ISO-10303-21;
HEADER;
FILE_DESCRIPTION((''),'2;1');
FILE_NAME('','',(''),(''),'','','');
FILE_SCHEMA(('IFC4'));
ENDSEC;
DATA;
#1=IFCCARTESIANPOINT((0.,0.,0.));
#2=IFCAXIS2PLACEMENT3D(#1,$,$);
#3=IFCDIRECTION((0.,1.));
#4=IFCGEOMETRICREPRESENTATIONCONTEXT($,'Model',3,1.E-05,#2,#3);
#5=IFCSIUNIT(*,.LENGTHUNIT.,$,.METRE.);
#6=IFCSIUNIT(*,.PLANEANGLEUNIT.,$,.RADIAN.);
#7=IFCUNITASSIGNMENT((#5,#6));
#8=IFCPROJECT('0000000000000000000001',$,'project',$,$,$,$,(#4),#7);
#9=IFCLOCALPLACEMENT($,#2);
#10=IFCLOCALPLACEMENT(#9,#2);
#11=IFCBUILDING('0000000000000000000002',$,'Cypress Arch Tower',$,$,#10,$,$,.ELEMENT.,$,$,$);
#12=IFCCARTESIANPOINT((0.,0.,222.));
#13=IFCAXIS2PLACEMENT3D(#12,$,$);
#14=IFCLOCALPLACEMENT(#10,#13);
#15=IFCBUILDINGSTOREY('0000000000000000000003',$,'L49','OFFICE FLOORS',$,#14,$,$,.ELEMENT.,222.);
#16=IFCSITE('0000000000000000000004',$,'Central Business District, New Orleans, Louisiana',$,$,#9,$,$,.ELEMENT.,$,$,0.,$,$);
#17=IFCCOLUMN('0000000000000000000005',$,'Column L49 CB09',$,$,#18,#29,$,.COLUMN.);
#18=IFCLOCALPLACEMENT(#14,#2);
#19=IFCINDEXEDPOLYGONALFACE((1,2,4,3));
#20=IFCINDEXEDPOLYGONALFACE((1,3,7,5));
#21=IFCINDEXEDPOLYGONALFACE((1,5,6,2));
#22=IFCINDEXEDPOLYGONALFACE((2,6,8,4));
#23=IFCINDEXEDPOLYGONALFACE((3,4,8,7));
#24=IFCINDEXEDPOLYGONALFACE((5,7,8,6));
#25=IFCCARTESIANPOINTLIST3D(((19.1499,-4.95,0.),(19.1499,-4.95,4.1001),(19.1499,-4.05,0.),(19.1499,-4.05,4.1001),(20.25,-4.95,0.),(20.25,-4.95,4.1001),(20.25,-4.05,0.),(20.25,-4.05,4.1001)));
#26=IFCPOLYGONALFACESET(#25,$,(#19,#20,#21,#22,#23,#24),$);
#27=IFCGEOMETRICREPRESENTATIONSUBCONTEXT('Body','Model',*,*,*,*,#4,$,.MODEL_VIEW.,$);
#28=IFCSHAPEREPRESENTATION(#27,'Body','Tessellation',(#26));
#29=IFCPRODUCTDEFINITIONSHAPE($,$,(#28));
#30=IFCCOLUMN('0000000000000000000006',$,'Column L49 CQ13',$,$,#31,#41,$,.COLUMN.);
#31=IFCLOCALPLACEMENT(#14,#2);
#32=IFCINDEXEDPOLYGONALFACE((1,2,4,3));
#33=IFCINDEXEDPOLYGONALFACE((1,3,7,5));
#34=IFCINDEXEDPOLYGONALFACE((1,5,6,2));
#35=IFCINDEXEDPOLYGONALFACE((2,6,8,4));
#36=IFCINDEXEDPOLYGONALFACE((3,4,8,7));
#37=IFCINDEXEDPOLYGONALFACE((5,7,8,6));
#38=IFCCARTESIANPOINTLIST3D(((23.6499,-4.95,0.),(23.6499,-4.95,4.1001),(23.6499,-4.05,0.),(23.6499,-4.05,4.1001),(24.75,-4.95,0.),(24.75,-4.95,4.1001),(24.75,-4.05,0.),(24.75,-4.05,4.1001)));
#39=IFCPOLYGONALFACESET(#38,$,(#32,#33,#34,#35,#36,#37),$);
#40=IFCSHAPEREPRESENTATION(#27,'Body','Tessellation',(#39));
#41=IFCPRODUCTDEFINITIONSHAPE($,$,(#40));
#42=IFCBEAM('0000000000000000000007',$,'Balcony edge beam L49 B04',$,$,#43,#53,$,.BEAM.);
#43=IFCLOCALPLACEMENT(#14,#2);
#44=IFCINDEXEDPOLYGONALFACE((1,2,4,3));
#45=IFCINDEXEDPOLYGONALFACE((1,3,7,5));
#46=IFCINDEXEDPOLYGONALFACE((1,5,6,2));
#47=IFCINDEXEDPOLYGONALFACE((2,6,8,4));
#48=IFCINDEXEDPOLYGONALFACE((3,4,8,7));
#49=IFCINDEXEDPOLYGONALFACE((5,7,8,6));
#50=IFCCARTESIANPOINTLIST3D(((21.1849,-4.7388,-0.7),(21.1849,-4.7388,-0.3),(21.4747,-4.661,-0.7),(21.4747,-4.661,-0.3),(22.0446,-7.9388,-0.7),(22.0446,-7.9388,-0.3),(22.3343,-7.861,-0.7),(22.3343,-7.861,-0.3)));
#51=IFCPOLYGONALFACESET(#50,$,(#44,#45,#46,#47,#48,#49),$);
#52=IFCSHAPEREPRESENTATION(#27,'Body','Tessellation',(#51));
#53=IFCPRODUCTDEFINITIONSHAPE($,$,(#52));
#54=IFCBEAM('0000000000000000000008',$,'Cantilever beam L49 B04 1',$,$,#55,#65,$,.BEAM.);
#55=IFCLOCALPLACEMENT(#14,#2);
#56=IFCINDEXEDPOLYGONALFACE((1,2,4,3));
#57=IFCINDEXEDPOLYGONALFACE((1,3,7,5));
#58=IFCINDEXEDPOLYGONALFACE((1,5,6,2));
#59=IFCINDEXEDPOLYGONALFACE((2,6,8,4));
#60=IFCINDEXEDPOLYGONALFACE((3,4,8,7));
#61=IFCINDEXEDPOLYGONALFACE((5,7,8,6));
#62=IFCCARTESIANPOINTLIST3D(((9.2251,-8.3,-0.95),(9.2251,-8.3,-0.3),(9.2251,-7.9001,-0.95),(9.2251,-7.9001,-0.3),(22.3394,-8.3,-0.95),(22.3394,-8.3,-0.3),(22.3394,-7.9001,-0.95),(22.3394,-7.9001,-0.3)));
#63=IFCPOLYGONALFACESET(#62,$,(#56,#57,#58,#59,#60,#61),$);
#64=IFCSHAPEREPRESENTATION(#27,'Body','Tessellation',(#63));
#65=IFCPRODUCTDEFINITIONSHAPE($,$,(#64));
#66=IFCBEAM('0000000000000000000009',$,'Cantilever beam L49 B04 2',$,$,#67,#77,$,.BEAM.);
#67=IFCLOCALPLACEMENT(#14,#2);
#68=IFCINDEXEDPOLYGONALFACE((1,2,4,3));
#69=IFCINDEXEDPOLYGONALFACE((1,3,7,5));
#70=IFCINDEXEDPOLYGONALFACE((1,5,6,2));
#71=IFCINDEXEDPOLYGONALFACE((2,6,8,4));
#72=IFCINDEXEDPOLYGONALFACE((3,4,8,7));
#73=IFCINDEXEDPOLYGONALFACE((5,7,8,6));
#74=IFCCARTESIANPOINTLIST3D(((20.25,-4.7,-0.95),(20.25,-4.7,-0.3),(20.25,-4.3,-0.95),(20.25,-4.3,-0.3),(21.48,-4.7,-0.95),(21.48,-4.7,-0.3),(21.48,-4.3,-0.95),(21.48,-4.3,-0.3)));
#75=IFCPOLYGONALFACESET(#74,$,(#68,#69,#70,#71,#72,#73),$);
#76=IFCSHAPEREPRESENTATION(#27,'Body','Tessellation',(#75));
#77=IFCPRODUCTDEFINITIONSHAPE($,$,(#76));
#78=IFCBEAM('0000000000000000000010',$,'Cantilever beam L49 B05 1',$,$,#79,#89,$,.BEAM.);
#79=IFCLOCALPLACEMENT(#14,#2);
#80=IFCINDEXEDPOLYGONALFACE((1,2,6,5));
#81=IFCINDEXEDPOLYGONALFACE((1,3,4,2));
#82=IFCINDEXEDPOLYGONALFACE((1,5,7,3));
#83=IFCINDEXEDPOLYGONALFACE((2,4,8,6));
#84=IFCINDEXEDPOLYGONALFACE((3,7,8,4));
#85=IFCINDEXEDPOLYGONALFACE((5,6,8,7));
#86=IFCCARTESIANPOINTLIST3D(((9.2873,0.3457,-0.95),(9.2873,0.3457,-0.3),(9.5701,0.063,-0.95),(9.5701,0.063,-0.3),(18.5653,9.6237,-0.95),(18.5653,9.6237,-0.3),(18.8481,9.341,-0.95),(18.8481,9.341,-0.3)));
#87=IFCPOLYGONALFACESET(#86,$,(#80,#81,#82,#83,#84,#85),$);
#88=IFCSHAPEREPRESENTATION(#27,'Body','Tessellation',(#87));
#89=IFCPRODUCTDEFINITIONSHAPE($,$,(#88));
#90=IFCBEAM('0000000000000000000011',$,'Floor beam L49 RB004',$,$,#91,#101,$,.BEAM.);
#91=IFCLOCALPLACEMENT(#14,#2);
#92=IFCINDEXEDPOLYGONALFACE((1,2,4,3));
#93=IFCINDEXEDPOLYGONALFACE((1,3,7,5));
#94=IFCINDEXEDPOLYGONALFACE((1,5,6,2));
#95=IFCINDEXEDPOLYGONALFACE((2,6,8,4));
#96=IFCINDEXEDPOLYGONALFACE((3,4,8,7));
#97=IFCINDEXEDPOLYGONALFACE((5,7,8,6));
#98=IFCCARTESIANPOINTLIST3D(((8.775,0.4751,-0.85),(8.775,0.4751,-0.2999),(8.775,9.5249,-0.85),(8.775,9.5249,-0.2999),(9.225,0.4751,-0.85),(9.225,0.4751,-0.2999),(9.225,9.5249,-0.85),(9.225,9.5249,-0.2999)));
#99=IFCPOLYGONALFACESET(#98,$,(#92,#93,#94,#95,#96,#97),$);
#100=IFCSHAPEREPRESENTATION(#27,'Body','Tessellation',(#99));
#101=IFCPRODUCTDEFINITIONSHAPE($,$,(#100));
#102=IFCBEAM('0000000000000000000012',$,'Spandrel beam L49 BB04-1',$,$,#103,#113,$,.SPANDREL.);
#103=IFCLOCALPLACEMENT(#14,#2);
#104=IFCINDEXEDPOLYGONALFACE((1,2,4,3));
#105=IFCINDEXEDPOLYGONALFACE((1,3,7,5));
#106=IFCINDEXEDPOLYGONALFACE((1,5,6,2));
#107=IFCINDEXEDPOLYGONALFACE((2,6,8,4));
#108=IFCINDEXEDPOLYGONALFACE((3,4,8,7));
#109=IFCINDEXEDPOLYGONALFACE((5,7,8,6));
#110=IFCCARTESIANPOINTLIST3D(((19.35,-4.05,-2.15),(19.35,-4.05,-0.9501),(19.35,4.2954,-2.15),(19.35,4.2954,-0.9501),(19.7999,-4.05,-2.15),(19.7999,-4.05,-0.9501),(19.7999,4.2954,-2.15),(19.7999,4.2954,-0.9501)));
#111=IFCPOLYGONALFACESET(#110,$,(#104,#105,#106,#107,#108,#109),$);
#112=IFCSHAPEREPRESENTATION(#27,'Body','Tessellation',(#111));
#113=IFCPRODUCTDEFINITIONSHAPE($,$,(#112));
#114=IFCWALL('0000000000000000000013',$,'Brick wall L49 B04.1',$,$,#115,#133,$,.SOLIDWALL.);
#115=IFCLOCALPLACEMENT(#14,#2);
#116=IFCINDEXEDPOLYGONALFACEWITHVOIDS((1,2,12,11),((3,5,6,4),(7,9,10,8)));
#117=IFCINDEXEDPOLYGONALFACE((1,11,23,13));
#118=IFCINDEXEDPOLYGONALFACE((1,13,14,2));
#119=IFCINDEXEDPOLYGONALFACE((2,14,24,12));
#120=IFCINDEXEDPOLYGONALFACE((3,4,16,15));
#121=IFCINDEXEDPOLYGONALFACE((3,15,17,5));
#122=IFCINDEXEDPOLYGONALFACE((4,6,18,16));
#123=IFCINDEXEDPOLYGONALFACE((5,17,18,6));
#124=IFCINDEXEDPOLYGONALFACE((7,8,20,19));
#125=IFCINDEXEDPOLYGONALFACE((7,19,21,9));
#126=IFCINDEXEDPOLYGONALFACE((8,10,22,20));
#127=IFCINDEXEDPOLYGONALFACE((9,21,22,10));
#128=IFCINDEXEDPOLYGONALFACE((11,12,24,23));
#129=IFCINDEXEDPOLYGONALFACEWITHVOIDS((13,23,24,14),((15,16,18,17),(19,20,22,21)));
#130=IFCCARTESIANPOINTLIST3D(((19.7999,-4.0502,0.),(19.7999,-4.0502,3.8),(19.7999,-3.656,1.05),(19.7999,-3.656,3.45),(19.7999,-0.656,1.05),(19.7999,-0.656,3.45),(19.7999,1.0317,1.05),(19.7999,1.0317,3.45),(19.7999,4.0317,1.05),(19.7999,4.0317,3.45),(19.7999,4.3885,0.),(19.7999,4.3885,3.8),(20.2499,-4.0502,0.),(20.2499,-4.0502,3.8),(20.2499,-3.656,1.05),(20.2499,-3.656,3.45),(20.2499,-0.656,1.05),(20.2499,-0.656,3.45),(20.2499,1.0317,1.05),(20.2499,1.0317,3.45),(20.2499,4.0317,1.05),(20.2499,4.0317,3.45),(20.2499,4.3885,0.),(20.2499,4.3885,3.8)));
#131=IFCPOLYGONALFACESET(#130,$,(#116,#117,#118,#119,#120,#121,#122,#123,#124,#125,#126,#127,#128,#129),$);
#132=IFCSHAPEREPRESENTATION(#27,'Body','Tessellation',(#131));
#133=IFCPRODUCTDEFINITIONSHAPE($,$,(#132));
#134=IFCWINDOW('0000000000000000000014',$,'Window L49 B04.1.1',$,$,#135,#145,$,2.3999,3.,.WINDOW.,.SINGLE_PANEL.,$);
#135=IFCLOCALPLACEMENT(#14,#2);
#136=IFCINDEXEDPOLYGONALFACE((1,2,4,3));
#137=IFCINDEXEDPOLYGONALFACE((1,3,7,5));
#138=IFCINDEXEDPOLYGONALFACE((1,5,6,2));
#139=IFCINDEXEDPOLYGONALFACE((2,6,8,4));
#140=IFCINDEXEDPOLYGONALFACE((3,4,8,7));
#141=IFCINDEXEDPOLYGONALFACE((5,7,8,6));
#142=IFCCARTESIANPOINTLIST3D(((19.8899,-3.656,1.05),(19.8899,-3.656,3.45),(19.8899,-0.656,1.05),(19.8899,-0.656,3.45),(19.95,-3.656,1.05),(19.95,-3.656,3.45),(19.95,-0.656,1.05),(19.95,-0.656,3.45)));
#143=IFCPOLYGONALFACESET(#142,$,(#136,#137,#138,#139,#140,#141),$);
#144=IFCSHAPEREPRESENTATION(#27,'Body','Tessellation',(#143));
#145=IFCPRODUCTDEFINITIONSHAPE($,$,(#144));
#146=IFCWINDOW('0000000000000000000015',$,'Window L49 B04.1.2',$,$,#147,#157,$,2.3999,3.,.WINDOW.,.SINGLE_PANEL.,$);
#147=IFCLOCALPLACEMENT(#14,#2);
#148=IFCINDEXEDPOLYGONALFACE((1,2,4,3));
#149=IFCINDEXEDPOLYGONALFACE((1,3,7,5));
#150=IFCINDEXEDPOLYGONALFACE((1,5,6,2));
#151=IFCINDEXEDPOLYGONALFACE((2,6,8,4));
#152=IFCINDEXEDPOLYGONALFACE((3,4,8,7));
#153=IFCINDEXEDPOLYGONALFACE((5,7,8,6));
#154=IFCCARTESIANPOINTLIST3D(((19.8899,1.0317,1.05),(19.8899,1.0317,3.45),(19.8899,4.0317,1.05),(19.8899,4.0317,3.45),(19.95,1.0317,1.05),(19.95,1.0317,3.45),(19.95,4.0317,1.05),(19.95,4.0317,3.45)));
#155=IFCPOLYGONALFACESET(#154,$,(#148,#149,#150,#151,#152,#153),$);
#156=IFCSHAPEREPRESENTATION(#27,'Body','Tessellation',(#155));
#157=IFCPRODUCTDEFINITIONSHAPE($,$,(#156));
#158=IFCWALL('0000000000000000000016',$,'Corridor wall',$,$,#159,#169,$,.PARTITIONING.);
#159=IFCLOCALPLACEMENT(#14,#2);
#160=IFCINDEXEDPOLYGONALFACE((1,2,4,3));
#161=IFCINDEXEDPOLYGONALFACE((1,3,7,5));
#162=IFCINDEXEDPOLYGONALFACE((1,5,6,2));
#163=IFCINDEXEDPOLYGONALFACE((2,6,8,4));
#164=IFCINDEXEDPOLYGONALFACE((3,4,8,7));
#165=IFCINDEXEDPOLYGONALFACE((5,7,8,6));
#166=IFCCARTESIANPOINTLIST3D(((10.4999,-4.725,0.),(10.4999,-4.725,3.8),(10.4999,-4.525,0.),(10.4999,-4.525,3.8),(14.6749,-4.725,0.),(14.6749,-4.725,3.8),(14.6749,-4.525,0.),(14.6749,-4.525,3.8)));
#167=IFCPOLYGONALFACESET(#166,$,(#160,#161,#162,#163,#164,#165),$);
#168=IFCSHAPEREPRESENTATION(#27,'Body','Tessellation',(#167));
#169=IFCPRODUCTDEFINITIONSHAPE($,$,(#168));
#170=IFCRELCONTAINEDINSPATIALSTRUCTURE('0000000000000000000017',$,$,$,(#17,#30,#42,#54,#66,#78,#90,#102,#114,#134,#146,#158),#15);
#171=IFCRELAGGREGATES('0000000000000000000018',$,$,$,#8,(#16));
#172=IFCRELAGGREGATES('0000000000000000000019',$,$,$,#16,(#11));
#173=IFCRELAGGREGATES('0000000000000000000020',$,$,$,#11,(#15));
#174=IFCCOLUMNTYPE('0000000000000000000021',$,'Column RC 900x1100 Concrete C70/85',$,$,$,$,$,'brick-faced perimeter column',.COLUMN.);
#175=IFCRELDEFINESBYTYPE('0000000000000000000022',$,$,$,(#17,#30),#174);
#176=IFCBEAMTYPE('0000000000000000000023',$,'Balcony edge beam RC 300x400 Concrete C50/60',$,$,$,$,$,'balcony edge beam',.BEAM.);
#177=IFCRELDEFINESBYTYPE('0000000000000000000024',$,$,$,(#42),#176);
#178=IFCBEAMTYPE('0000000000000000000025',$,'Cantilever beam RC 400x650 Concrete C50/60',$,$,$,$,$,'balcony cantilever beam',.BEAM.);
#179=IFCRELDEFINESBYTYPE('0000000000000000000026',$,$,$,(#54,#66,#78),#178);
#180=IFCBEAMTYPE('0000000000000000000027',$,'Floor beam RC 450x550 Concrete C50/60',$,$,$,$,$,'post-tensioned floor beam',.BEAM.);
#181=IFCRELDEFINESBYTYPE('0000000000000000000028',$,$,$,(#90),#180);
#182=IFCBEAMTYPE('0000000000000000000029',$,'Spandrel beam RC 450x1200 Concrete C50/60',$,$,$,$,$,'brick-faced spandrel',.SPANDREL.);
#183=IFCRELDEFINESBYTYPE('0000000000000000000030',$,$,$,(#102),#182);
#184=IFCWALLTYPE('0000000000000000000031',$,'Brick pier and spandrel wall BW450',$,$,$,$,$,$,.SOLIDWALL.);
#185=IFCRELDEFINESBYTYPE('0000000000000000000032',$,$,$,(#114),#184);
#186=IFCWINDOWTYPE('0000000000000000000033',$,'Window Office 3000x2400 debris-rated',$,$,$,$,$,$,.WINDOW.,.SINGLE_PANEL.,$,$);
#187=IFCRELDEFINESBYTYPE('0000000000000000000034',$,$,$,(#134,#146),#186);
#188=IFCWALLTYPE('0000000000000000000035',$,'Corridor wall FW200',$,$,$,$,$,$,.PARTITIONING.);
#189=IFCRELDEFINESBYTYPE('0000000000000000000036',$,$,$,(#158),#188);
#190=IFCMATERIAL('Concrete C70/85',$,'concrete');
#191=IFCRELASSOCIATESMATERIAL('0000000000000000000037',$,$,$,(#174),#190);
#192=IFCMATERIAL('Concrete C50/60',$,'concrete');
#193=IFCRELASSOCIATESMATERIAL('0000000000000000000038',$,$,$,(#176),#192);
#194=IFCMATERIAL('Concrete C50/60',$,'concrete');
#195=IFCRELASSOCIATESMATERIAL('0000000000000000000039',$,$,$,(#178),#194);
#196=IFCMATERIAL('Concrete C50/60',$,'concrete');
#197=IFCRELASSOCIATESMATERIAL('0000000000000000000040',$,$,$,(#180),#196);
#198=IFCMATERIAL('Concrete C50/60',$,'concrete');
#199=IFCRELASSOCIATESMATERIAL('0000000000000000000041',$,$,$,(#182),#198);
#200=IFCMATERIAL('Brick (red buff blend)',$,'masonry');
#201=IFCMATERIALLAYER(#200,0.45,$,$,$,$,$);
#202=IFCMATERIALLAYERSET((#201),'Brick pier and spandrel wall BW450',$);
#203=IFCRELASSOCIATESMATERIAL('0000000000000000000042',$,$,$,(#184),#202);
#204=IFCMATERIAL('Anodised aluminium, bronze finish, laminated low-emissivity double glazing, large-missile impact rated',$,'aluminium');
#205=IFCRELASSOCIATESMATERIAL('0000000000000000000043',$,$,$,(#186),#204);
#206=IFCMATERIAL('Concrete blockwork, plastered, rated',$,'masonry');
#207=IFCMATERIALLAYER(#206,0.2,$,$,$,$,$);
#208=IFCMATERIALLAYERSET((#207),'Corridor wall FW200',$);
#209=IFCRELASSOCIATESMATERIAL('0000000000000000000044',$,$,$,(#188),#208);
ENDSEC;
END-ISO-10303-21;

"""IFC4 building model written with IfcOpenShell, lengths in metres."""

from ifc_helpers import new_model, si_unit, direction, frame, frame_2d, origin, origin_2d, place, context, subcontext, project, spatial, rectangle, extrude, material, layer, layer_set, material_profile, profile_set, type_object, element, fill, save


model = new_model("IFC4")

# Units and contexts
model_context = context("Model", 3, precision=1e-05, world=origin(), true_north=direction((0.0, 1.0)))
body_context = subcontext(model_context, "Body", "Model", "MODEL_VIEW")
ifc_project = project(units=[si_unit("LENGTHUNIT", "METRE"), si_unit("PLANEANGLEUNIT", "RADIAN")], contexts=[model_context])

# Site, building, storey
site_placement = place(None, origin())
site = spatial("IfcSite", under=ifc_project, at=site_placement, Name="Central Business District, New Orleans, Louisiana", CompositionType="ELEMENT", RefElevation=0.0)
building_placement = place(site_placement, origin())
building = spatial("IfcBuilding", under=site, at=building_placement, Name="Cypress Arch Tower", CompositionType="ELEMENT")
storey_placement = place(building_placement, frame((0.0, 0.0, 222.0)))
storey = spatial("IfcBuildingStorey", under=building, at=storey_placement, Name="L49", Description="OFFICE FLOORS", CompositionType="ELEMENT", Elevation=222.0)

# Columns
ifc_material_1 = material(Name="Concrete C70/85", Category="concrete")
ifc_material_profile_1 = material_profile(ifc_material_1, rectangle(XDim=0.8999, YDim=1.1001, at=origin_2d()), Name="RC 900x1100")
ifc_profile_set_1 = profile_set([ifc_material_profile_1], Name="Concrete C70/85")
column_type = type_object("IfcColumnType", Name="Column RC 900x1100 Concrete C70/85", ElementType="brick-faced perimeter column", PredefinedType="COLUMN", material=ifc_profile_set_1)
for number, where, z_axis, x_axis, name in (
    (1, (19.7, -4.5, 0.0), (0.0, 0.0, 1.0), (0.0, 1.0, 0.0), "Column L49 CB09"),
    (2, (24.2, -4.5, 0.0), (0.0, 0.0, 1.0), (0.0, 1.0, 0.0), "Column L49 CQ13"),
):
    element("IfcColumn", number, at=place(storey_placement, frame(where, z_axis=z_axis, x_axis=x_axis)), inside=storey, type_object=column_type, Name=name, PredefinedType="COLUMN", context=body_context, shape_type="SweptSolid", body=[
        extrude(rectangle(XDim=0.8999, YDim=1.1001, at=origin_2d()), origin(), (0.0, 0.0, 1.0), 4.1001),
    ])

# Beams
ifc_material_2 = material(Name="Concrete C50/60", Category="concrete")
ifc_material_profile_2 = material_profile(ifc_material_2, rectangle(XDim=0.3, YDim=0.3999, at=origin_2d()), Name="RC 300x400")
ifc_profile_set_2 = profile_set([ifc_material_profile_2], Name="Concrete C50/60")
beam_type_1 = type_object("IfcBeamType", Name="Balcony edge beam RC 300x400 Concrete C50/60", ElementType="balcony edge beam", PredefinedType="BEAM", material=ifc_profile_set_2)
beam_1_placement = place(storey_placement, frame((22.1895, -7.8999, -0.5), z_axis=(-0.259437, 0.96576, 0.0), x_axis=(-0.96576, -0.259437, 0.0)))
element("IfcBeam", 3, at=beam_1_placement, inside=storey, type_object=beam_type_1, Name="Balcony edge beam L49 B04", PredefinedType="BEAM", context=body_context, shape_type="SweptSolid", body=[
    extrude(rectangle(XDim=0.3, YDim=0.3999, at=origin_2d()), origin(), (0.0, 0.0, 1.0), 3.3135),
])
ifc_material_3 = material(Name="Concrete C50/60", Category="concrete")
ifc_material_profile_3 = material_profile(ifc_material_3, rectangle(XDim=0.3999, YDim=0.6499, at=origin_2d()), Name="RC 400x650")
ifc_profile_set_3 = profile_set([ifc_material_profile_3], Name="Concrete C50/60")
beam_type_2 = type_object("IfcBeamType", Name="Cantilever beam RC 400x650 Concrete C50/60", ElementType="balcony cantilever beam", PredefinedType="BEAM", material=ifc_profile_set_3)
beam_2_placement = place(storey_placement, frame((9.2251, -8.1001, -0.625), z_axis=(1.0, 0.0, 0.0), x_axis=(0.0, 1.0, 0.0)))
element("IfcBeam", 4, at=beam_2_placement, inside=storey, type_object=beam_type_2, Name="Cantilever beam L49 B04 1", PredefinedType="BEAM", context=body_context, shape_type="SweptSolid", body=[
    extrude(rectangle(XDim=0.3999, YDim=0.6499, at=origin_2d()), origin(), (0.0, 0.0, 1.0), 13.1143),
])
beam_3_placement = place(storey_placement, frame((20.25, -4.5, -0.625), z_axis=(1.0, 0.0, 0.0), x_axis=(0.0, 1.0, 0.0)))
element("IfcBeam", 5, at=beam_3_placement, inside=storey, type_object=beam_type_2, Name="Cantilever beam L49 B04 2", PredefinedType="BEAM", context=body_context, shape_type="SweptSolid", body=[
    extrude(rectangle(XDim=0.3999, YDim=0.6499, at=origin_2d()), origin(), (0.0, 0.0, 1.0), 1.23),
])
beam_4_placement = place(storey_placement, frame((9.4287, 0.2043, -0.625), z_axis=(0.707107, 0.707107, 0.0), x_axis=(-0.707107, 0.707107, 0.0)))
element("IfcBeam", 6, at=beam_4_placement, inside=storey, type_object=beam_type_2, Name="Cantilever beam L49 B05 1", PredefinedType="BEAM", context=body_context, shape_type="SweptSolid", body=[
    extrude(rectangle(XDim=0.3999, YDim=0.6499, at=origin_2d()), origin(), (0.0, 0.0, 1.0), 13.1211),
])
ifc_material_4 = material(Name="Concrete C50/60", Category="concrete")
ifc_material_profile_4 = material_profile(ifc_material_4, rectangle(XDim=0.45, YDim=0.55, at=origin_2d()), Name="RC 450x550")
ifc_profile_set_4 = profile_set([ifc_material_profile_4], Name="Concrete C50/60")
beam_type_3 = type_object("IfcBeamType", Name="Floor beam RC 450x550 Concrete C50/60", ElementType="post-tensioned floor beam", PredefinedType="BEAM", material=ifc_profile_set_4)
beam_5_placement = place(storey_placement, frame((9.0, 0.4751, -0.575), z_axis=(0.0, 1.0, 0.0), x_axis=(-1.0, 0.0, 0.0)))
element("IfcBeam", 7, at=beam_5_placement, inside=storey, type_object=beam_type_3, Name="Floor beam L49 RB004", PredefinedType="BEAM", context=body_context, shape_type="SweptSolid", body=[
    extrude(rectangle(XDim=0.45, YDim=0.55, at=origin_2d()), origin(), (0.0, 0.0, 1.0), 9.0498),
])
ifc_material_5 = material(Name="Concrete C50/60", Category="concrete")
ifc_material_profile_5 = material_profile(ifc_material_5, rectangle(XDim=0.45, YDim=1.2, at=origin_2d()), Name="RC 450x1200")
ifc_profile_set_5 = profile_set([ifc_material_profile_5], Name="Concrete C50/60")
beam_type_4 = type_object("IfcBeamType", Name="Spandrel beam RC 450x1200 Concrete C50/60", ElementType="brick-faced spandrel", PredefinedType="SPANDREL", material=ifc_profile_set_5)
beam_6_placement = place(storey_placement, frame((19.575, -4.05, -1.55), z_axis=(0.0, 1.0, 0.0), x_axis=(-1.0, 0.0, 0.0)))
element("IfcBeam", 8, at=beam_6_placement, inside=storey, type_object=beam_type_4, Name="Spandrel beam L49 BB04-1", PredefinedType="SPANDREL", context=body_context, shape_type="SweptSolid", body=[
    extrude(rectangle(XDim=0.45, YDim=1.2, at=origin_2d()), origin(), (0.0, 0.0, 1.0), 8.3455),
])

# Wall, openings, windows
ifc_material_6 = material(Name="Brick (red buff blend)", Category="masonry")
ifc_layer_1 = layer(ifc_material_6, 0.45)
ifc_layer_set_1 = layer_set([ifc_layer_1], Name="Brick pier and spandrel wall BW450")
wall_type_1 = type_object("IfcWallType", Name="Brick pier and spandrel wall BW450", PredefinedType="SOLIDWALL", material=ifc_layer_set_1)
wall_1_placement = place(storey_placement, frame((20.0249, -4.05, 0.0), z_axis=(0.0, 0.0, 1.0), x_axis=(0.0, 1.0, 0.0)))
wall_1 = element("IfcWall", 9, at=wall_1_placement, inside=storey, type_object=wall_type_1, Name="Brick wall L49 B04.1", PredefinedType="SOLIDWALL", context=body_context, shape_type="SweptSolid", body=[
    extrude(rectangle(XDim=8.4387, YDim=0.45, at=frame_2d((4.2192, 0.0))), origin(), (0.0, 0.0, 1.0), 3.8),
])
opening_1_placement = place(wall_1_placement, frame((0.394, 0.0, 1.05)))
opening_1 = element("IfcOpeningElement", 10, at=opening_1_placement, cuts=wall_1, PredefinedType="OPENING", context=body_context, shape_type="SweptSolid", body=[
    extrude(rectangle(XDim=3.0, YDim=2.3999, at=frame_2d((1.5, 1.2))), frame((0.0, 0.2349, 0.0), z_axis=(0.0, -1.0, 0.0), x_axis=(1.0, 0.0, 0.0)), (0.0, 0.0, 1.0), 0.47),
])
opening_2_placement = place(wall_1_placement, frame((5.0818, 0.0, 1.05)))
opening_2 = element("IfcOpeningElement", 11, at=opening_2_placement, cuts=wall_1, PredefinedType="OPENING", context=body_context, shape_type="SweptSolid", body=[
    extrude(rectangle(XDim=3.0, YDim=2.3999, at=frame_2d((1.5, 1.2))), frame((0.0, 0.2349, 0.0), z_axis=(0.0, -1.0, 0.0), x_axis=(1.0, 0.0, 0.0)), (0.0, 0.0, 1.0), 0.47),
])
ifc_material_7 = material(Name="Anodised aluminium, bronze finish, laminated low-emissivity double glazing, large-missile impact rated", Category="aluminium")
window_type = type_object("IfcWindowType", Name="Window Office 3000x2400 debris-rated", PartitioningType="SINGLE_PANEL", PredefinedType="WINDOW", material=ifc_material_7)
window_1_placement = place(opening_1_placement, origin())
window_1 = element("IfcWindow", 12, at=window_1_placement, inside=storey, type_object=window_type, Name="Window L49 B04.1.1", OverallHeight=2.3999, OverallWidth=3.0, PartitioningType="SINGLE_PANEL", PredefinedType="WINDOW", context=body_context, shape_type="SweptSolid", body=[
    extrude(rectangle(XDim=3.0, YDim=2.3999, at=frame_2d((1.5, 1.2))), frame((0.0, 0.135, 0.0), z_axis=(0.0, -1.0, 0.0), x_axis=(1.0, 0.0, 0.0)), (0.0, 0.0, 1.0), 0.0601),
])
fill(opening_1, window_1)
window_2_placement = place(opening_2_placement, origin())
window_2 = element("IfcWindow", 13, at=window_2_placement, inside=storey, type_object=window_type, Name="Window L49 B04.1.2", OverallHeight=2.3999, OverallWidth=3.0, PartitioningType="SINGLE_PANEL", PredefinedType="WINDOW", context=body_context, shape_type="SweptSolid", body=[
    extrude(rectangle(XDim=3.0, YDim=2.3999, at=frame_2d((1.5, 1.2))), frame((0.0, 0.135, 0.0), z_axis=(0.0, -1.0, 0.0), x_axis=(1.0, 0.0, 0.0)), (0.0, 0.0, 1.0), 0.0601),
])
fill(opening_2, window_2)

# Wall
ifc_material_8 = material(Name="Concrete blockwork, plastered, rated", Category="masonry")
ifc_layer_2 = layer(ifc_material_8, 0.2)
ifc_layer_set_2 = layer_set([ifc_layer_2], Name="Corridor wall FW200")
wall_type_2 = type_object("IfcWallType", Name="Corridor wall FW200", PredefinedType="PARTITIONING", material=ifc_layer_set_2)
wall_2_placement = place(storey_placement, frame((10.5, -4.625, 0.0), z_axis=(0.0, 0.0, 1.0), x_axis=(1.0, 0.0, 0.0)))
element("IfcWall", 14, at=wall_2_placement, inside=storey, type_object=wall_type_2, Name="Corridor wall", PredefinedType="PARTITIONING", context=body_context, shape_type="SweptSolid", body=[
    extrude(rectangle(XDim=4.175, YDim=0.2, at=frame_2d((2.0874, 0.0))), origin(), (0.0, 0.0, 1.0), 3.8),
])

save(model, "model.ifc")
